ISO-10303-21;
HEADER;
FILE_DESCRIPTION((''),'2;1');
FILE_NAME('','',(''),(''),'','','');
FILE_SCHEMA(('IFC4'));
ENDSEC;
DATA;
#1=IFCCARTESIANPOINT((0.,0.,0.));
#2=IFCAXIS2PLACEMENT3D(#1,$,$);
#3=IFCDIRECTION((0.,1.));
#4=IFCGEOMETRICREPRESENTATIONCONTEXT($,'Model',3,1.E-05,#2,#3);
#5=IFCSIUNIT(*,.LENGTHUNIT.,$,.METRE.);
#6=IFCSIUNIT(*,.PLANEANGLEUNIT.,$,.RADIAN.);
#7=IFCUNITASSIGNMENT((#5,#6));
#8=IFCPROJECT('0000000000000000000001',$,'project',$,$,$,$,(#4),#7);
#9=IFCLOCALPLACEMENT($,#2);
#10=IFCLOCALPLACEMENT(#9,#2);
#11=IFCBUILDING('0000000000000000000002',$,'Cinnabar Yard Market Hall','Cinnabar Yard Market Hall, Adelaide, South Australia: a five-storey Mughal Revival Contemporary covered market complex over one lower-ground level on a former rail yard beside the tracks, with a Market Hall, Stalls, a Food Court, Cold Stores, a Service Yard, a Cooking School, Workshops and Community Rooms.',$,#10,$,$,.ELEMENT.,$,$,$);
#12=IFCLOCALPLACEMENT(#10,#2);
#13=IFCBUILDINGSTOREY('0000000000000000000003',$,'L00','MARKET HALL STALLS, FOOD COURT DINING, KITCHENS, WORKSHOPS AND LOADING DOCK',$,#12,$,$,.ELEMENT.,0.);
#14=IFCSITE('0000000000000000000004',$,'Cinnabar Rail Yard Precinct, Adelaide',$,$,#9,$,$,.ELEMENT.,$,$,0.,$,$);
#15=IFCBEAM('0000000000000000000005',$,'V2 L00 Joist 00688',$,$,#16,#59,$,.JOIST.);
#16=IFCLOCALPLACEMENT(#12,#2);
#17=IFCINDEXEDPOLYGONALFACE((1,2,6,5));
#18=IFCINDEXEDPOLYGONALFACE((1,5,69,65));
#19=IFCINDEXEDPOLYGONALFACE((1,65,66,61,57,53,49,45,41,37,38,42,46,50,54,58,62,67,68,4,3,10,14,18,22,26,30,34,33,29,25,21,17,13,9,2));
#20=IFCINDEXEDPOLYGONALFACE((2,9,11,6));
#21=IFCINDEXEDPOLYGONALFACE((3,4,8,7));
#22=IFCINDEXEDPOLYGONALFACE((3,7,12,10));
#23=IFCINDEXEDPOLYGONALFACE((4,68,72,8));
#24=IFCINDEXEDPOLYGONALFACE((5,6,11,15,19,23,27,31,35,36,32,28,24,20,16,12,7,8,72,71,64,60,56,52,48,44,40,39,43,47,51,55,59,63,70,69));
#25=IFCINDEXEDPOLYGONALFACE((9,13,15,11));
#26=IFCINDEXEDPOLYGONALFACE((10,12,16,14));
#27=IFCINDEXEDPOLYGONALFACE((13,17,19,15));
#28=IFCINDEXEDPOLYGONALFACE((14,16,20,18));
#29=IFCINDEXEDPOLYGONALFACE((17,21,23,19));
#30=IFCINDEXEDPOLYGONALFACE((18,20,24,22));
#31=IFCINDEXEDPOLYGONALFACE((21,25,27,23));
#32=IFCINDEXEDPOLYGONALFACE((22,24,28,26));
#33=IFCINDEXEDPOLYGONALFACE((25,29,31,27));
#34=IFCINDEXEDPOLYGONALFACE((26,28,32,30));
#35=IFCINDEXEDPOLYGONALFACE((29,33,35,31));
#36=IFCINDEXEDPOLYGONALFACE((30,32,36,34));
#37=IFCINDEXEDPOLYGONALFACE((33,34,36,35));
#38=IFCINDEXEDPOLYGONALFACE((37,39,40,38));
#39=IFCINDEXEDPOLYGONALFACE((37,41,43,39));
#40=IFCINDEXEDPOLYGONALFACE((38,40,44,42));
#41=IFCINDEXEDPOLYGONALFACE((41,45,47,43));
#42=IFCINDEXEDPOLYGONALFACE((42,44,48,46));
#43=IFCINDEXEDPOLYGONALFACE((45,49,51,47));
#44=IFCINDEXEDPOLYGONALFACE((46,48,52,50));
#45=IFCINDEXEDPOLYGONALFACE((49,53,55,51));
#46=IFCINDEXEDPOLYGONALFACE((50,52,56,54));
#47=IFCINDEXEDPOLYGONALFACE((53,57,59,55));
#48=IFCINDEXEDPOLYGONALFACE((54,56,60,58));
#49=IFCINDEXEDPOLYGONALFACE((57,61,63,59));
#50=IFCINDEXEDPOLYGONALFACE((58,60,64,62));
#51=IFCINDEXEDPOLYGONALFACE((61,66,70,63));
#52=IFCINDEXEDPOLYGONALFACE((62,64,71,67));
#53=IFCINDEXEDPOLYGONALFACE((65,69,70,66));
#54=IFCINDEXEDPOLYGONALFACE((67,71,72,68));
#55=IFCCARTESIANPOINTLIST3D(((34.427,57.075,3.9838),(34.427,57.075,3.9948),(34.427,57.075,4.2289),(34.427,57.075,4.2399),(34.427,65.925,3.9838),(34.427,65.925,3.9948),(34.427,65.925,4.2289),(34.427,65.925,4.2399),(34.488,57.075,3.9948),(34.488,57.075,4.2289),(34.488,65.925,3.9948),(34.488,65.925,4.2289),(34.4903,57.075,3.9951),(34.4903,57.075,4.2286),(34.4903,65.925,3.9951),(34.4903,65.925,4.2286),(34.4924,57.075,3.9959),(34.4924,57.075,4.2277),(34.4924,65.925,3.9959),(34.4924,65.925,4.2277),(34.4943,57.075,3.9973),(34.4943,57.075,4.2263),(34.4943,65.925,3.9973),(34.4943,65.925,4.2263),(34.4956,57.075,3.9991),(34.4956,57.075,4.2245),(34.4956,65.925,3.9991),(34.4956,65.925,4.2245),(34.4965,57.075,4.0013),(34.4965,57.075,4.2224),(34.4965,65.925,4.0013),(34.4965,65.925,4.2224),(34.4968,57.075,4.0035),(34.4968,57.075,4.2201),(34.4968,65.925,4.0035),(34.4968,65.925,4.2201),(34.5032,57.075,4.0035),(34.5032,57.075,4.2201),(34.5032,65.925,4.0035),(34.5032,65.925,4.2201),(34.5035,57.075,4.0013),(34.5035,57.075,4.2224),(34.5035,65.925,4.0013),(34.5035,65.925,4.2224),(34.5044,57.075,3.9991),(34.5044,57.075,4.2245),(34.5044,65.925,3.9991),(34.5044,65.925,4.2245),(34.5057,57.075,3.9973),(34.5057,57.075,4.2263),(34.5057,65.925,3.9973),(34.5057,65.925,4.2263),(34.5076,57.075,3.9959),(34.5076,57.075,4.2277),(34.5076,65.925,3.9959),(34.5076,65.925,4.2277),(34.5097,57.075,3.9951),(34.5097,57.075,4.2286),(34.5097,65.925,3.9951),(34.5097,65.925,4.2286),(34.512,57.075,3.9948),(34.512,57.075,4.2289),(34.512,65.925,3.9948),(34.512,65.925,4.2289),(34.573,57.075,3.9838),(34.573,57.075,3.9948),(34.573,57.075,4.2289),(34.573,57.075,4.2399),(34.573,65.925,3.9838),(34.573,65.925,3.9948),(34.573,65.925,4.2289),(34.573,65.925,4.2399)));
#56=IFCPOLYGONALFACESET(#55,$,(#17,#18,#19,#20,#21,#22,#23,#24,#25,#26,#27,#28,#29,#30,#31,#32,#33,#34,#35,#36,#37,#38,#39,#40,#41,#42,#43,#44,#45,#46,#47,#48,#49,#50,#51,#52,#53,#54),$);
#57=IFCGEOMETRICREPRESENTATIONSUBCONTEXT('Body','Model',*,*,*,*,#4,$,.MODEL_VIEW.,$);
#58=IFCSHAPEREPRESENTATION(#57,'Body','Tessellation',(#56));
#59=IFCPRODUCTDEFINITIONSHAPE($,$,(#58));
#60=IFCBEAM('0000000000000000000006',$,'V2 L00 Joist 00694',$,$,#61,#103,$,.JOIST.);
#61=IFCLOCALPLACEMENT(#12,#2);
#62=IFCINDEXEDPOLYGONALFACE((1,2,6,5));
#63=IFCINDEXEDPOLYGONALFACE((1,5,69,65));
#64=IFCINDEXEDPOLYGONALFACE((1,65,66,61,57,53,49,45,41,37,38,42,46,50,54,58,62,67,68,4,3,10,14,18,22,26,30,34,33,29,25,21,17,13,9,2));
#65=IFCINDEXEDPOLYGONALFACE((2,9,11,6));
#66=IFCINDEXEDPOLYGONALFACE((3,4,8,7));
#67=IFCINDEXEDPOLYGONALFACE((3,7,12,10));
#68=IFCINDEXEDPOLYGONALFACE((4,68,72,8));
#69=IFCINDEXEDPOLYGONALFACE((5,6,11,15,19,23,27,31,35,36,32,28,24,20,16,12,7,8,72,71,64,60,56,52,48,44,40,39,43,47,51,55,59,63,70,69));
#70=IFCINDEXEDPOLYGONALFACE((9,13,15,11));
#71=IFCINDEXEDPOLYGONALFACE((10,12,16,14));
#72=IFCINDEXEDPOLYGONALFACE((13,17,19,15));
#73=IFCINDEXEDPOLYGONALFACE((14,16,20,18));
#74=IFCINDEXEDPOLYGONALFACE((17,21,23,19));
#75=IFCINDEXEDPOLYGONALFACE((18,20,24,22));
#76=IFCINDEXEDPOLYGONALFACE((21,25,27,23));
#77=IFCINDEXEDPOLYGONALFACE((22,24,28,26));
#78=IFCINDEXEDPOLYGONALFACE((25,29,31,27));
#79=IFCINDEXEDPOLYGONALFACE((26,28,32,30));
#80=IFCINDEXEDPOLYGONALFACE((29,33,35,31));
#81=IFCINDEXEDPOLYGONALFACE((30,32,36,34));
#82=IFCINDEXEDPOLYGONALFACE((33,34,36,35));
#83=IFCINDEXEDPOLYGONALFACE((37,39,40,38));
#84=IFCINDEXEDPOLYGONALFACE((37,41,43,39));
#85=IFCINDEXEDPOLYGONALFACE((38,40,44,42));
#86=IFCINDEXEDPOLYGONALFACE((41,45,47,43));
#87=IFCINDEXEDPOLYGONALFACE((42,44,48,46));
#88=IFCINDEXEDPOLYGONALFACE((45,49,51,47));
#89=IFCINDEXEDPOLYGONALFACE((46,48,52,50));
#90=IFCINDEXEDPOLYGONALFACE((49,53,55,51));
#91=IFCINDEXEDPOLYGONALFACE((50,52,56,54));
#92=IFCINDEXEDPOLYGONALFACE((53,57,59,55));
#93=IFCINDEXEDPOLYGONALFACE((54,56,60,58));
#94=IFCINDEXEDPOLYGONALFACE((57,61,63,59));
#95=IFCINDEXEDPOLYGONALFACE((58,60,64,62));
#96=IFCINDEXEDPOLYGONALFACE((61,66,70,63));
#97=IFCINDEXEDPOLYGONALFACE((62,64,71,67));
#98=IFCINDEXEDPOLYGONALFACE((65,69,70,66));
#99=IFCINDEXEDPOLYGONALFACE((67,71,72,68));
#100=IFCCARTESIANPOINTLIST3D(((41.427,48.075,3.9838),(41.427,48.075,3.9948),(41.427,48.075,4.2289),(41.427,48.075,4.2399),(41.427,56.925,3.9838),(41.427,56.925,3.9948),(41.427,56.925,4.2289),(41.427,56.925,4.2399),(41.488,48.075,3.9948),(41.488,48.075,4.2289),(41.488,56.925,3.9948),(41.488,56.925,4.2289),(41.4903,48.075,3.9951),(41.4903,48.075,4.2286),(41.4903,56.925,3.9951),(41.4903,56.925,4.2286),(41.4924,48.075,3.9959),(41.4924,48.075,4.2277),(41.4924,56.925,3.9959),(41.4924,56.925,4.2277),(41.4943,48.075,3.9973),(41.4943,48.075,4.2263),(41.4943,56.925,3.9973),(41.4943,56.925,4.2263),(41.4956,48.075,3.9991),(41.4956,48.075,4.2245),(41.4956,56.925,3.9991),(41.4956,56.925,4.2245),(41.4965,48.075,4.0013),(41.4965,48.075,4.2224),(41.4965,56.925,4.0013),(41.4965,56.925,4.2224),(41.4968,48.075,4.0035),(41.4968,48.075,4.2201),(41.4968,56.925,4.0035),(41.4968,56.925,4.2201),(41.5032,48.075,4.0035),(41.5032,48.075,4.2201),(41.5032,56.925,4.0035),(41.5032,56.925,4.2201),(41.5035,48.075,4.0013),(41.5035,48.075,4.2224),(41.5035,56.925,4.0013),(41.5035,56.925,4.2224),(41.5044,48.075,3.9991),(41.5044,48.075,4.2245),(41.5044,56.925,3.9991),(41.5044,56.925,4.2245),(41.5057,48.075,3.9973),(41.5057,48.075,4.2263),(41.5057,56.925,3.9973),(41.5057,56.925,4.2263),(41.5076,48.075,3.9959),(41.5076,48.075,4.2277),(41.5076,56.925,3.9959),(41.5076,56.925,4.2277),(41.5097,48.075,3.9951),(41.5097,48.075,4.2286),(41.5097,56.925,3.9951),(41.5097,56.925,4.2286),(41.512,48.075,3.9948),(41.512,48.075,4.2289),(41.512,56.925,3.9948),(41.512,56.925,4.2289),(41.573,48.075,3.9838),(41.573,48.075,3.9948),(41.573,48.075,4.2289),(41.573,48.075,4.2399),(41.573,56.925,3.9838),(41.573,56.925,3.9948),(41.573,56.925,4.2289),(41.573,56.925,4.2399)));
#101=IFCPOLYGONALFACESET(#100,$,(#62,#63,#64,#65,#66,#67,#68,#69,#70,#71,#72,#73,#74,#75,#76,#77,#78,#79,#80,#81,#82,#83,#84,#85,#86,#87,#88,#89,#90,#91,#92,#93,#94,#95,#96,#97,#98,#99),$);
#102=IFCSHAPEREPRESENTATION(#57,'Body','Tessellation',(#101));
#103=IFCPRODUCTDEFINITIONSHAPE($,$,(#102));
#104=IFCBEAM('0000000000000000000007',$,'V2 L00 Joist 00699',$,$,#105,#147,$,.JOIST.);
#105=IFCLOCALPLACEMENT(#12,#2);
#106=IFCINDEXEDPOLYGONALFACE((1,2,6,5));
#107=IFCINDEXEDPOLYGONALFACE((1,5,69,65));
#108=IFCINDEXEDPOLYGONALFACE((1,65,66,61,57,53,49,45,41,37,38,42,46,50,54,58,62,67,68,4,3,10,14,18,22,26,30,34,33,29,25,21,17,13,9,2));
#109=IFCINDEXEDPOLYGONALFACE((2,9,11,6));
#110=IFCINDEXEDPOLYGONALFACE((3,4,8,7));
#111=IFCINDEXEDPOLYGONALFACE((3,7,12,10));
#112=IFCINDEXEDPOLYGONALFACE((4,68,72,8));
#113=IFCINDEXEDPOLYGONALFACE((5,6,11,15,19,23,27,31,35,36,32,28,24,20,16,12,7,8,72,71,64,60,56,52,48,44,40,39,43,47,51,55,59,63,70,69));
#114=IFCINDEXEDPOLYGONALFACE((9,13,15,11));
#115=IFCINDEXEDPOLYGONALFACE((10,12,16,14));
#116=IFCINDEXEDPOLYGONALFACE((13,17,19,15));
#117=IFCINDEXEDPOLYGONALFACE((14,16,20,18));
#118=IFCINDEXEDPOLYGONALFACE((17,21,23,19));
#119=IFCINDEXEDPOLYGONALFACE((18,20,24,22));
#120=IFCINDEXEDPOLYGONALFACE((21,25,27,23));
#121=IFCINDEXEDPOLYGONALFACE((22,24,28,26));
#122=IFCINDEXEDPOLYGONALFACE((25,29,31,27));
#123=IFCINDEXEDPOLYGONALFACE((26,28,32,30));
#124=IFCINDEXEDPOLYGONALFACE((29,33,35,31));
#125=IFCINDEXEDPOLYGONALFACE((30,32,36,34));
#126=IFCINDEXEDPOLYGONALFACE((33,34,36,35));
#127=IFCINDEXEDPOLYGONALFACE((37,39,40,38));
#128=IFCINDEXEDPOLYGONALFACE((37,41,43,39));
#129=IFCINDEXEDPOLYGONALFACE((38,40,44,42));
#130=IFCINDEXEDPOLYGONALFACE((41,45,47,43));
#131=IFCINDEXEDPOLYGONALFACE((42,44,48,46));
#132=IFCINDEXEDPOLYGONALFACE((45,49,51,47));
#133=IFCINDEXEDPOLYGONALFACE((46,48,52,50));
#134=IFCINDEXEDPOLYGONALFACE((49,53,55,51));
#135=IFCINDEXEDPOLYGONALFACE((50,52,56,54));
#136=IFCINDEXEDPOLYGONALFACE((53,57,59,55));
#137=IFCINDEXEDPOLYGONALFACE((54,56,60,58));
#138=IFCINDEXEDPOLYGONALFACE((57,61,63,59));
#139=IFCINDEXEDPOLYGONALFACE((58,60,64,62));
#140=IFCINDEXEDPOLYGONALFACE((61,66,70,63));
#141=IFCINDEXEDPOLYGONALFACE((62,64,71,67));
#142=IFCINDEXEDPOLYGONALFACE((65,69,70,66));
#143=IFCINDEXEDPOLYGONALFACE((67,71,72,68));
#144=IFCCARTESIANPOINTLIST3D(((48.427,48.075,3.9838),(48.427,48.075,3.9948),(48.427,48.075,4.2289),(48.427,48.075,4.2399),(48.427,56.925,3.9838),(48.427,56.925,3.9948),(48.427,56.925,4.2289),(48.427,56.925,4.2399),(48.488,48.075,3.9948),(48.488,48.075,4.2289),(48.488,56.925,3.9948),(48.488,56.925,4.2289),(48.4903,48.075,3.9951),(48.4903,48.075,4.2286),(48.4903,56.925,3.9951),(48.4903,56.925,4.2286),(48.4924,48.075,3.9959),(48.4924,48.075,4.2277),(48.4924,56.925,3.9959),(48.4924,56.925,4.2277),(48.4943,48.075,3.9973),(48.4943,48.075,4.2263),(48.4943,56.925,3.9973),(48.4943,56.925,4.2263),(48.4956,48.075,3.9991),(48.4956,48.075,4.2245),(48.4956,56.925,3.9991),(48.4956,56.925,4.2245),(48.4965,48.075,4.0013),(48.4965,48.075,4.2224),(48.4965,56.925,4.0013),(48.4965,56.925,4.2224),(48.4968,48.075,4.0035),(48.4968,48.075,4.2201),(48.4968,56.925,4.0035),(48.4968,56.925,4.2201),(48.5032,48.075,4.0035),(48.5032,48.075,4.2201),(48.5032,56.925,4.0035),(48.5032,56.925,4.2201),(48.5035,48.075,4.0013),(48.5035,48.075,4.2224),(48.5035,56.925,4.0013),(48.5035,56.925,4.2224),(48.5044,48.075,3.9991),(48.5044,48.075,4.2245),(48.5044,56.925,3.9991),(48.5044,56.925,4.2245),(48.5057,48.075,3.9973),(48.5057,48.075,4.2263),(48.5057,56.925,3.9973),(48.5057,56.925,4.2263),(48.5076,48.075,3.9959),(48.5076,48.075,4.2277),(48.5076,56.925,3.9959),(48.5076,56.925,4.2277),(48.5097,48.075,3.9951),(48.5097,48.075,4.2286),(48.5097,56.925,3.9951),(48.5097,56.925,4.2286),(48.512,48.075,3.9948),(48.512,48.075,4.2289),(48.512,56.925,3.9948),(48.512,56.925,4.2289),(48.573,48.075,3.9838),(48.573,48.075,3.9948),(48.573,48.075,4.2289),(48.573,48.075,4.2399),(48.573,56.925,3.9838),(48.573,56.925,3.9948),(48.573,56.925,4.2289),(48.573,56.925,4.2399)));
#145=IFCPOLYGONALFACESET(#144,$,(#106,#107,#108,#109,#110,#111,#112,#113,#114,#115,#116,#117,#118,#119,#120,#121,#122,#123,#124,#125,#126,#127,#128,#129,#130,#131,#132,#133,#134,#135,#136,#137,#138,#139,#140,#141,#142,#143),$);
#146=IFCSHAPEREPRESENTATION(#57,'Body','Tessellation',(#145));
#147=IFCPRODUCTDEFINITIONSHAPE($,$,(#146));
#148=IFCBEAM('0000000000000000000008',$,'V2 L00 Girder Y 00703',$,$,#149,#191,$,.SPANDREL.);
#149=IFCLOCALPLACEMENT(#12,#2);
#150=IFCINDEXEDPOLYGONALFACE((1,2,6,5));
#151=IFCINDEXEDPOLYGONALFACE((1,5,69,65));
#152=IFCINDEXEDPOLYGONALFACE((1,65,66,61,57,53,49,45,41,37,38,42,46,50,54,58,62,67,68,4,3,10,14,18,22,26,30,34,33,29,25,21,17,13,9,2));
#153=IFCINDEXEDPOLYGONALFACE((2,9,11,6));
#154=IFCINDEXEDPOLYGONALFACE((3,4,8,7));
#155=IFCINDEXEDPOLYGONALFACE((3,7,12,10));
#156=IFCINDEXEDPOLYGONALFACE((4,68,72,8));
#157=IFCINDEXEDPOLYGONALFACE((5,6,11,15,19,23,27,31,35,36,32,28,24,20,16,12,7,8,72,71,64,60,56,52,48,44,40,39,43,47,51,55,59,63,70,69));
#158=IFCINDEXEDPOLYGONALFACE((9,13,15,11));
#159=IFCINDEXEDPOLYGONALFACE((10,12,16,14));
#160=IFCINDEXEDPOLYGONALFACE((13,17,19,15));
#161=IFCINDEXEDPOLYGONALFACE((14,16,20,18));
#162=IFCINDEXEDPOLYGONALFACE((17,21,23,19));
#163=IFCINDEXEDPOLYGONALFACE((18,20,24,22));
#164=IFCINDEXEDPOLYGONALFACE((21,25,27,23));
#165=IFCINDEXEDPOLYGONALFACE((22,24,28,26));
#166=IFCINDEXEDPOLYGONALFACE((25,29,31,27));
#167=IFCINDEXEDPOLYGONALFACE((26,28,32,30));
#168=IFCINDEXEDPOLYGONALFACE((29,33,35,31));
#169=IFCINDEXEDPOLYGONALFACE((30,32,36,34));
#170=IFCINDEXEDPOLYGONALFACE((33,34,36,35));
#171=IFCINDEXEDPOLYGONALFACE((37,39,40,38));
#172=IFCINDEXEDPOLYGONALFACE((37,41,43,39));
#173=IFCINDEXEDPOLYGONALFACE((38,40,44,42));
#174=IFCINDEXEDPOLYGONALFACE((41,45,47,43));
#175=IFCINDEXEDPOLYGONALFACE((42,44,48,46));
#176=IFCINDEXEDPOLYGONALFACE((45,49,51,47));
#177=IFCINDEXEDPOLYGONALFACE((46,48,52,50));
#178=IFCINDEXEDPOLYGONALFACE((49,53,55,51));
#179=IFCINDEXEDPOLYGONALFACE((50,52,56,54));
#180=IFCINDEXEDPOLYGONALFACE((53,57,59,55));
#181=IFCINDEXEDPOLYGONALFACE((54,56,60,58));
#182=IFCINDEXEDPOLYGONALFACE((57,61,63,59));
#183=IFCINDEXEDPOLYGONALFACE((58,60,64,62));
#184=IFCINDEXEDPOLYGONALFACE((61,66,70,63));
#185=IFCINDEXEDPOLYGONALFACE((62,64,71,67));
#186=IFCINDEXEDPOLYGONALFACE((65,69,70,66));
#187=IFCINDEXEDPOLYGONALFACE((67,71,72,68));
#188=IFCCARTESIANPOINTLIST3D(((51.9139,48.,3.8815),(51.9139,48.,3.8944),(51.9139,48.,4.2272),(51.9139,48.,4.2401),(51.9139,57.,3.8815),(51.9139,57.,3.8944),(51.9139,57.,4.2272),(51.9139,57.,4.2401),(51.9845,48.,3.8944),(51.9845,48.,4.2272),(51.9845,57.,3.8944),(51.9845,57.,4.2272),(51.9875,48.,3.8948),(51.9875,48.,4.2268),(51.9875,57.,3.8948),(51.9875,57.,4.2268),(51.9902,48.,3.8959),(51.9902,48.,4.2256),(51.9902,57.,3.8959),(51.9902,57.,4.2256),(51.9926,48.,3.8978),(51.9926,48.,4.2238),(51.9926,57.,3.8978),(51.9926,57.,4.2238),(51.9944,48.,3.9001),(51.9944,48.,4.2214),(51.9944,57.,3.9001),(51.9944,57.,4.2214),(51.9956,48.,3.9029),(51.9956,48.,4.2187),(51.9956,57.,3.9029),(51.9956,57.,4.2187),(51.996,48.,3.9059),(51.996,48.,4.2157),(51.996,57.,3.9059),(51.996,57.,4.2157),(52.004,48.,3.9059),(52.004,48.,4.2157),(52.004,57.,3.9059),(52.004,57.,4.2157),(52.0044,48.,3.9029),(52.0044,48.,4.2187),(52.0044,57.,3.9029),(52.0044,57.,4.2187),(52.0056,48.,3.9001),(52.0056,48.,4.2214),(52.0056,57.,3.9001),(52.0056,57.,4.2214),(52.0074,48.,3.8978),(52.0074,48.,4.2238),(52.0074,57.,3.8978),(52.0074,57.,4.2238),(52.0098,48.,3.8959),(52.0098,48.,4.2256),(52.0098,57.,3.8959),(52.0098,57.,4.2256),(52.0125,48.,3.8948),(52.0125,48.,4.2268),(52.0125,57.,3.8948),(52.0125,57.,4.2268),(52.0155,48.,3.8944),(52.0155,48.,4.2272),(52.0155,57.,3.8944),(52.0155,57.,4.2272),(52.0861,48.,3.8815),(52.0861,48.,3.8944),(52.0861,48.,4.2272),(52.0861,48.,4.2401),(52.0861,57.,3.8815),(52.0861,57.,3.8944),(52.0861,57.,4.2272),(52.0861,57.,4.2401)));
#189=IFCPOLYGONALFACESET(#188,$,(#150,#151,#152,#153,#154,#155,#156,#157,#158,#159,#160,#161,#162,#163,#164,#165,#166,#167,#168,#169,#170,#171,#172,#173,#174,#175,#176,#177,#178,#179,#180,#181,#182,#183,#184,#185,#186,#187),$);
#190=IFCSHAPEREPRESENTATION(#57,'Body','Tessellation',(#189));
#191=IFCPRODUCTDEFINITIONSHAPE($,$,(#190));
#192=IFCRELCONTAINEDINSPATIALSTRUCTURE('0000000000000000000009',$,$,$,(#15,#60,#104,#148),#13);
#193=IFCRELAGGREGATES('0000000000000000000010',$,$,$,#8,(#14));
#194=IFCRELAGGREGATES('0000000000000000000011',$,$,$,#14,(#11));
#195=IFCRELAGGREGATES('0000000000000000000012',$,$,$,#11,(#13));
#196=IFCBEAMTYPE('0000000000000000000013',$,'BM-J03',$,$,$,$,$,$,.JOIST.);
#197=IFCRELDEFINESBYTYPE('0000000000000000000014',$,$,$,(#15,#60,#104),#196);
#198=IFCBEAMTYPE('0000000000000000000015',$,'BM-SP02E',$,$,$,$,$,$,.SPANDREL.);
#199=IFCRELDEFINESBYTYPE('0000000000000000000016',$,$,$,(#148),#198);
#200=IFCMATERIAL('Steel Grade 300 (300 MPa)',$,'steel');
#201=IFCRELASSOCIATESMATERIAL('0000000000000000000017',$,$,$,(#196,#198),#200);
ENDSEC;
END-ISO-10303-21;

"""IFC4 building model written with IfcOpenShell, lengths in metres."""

from ifc_helpers import new_model, si_unit, direction, frame, origin, origin_2d_with_axis, place, context, subcontext, project, spatial, i_section, extrude, material, material_profile, profile_set, type_object, element, save


model = new_model("IFC4")

# Units and contexts
model_context = context("Model", 3, precision=1e-05, world=origin(), true_north=direction((0.0, 1.0)))
body_context = subcontext(model_context, "Body", "Model", "MODEL_VIEW")
ifc_project = project(units=[si_unit("LENGTHUNIT", "METRE"), si_unit("PLANEANGLEUNIT", "RADIAN")], contexts=[model_context])

# Site, building, storey
site_placement = place(None, origin())
site = spatial("IfcSite", under=ifc_project, at=site_placement, Name="Cinnabar Rail Yard Precinct, Adelaide", CompositionType="ELEMENT", RefElevation=0.0)
building_placement = place(site_placement, origin())
building = spatial("IfcBuilding", under=site, at=building_placement, Name="Cinnabar Yard Market Hall", Description="Cinnabar Yard Market Hall, Adelaide, South Australia: a five-storey Mughal Revival Contemporary covered market complex over one lower-ground level on a former rail yard beside the tracks, with a Market Hall, Stalls, a Food Court, Cold Stores, a Service Yard, a Cooking School, Workshops and Community Rooms.", CompositionType="ELEMENT")
storey_placement = place(building_placement, origin())
storey = spatial("IfcBuildingStorey", under=building, at=storey_placement, Name="L00", Description="MARKET HALL STALLS, FOOD COURT DINING, KITCHENS, WORKSHOPS AND LOADING DOCK", CompositionType="ELEMENT", Elevation=0.0)

# Shared definitions
ifc_material_1 = material(Name="Steel Grade 300 (300 MPa)", Category="steel")

# Beams
ifc_material_profile_1 = material_profile(ifc_material_1, i_section(OverallWidth=0.146, OverallDepth=0.2561, WebThickness=0.0063, FlangeThickness=0.011, FilletRadius=0.0088, at=origin_2d_with_axis()), Name="250UB37.3")
ifc_profile_set_1 = profile_set([ifc_material_profile_1], Name="Steel Grade 300 (300 MPa)")
beam_type_1 = type_object("IfcBeamType", Name="BM-J03", PredefinedType="JOIST", material=ifc_profile_set_1)
for number, where, z_axis, x_axis, name in (
    (1, (34.5, 57.075, 4.1118), (0.0, 1.0, 0.0), (-1.0, 0.0, 0.0), "V2 L00 Joist 00688"),
    (2, (41.5, 48.075, 4.1118), (0.0, 1.0, 0.0), (-1.0, 0.0, 0.0), "V2 L00 Joist 00694"),
    (3, (48.5, 48.075, 4.1118), (0.0, 1.0, 0.0), (-1.0, 0.0, 0.0), "V2 L00 Joist 00699"),
):
    element("IfcBeam", number, at=place(storey_placement, frame(where, z_axis=z_axis, x_axis=x_axis)), inside=storey, type_object=beam_type_1, Name=name, PredefinedType="JOIST", context=body_context, shape_type="SweptSolid", body=[
        extrude(i_section(OverallWidth=0.146, OverallDepth=0.2561, WebThickness=0.0063, FlangeThickness=0.011, FilletRadius=0.0088, at=origin_2d_with_axis()), origin(), (0.0, 0.0, 1.0), 8.8501),
    ])
ifc_material_profile_2 = material_profile(ifc_material_1, i_section(OverallWidth=0.1721, OverallDepth=0.3586, WebThickness=0.0081, FlangeThickness=0.0129, FilletRadius=0.0115, at=origin_2d_with_axis()), Name="360UB56.7")
ifc_profile_set_2 = profile_set([ifc_material_profile_2], Name="Steel Grade 300 (300 MPa)")
beam_type_2 = type_object("IfcBeamType", Name="BM-SP02E", PredefinedType="SPANDREL", material=ifc_profile_set_2)
beam_placement = place(storey_placement, frame((52.0, 48.0, 4.0608), z_axis=(0.0, 1.0, 0.0), x_axis=(-1.0, 0.0, 0.0)))
element("IfcBeam", 4, at=beam_placement, inside=storey, type_object=beam_type_2, Name="V2 L00 Girder Y 00703", PredefinedType="SPANDREL", context=body_context, shape_type="SweptSolid", body=[
    extrude(i_section(OverallWidth=0.1721, OverallDepth=0.3586, WebThickness=0.0081, FlangeThickness=0.0129, FilletRadius=0.0115, at=origin_2d_with_axis()), origin(), (0.0, 0.0, 1.0), 9.0),
])

save(model, "model.ifc")
